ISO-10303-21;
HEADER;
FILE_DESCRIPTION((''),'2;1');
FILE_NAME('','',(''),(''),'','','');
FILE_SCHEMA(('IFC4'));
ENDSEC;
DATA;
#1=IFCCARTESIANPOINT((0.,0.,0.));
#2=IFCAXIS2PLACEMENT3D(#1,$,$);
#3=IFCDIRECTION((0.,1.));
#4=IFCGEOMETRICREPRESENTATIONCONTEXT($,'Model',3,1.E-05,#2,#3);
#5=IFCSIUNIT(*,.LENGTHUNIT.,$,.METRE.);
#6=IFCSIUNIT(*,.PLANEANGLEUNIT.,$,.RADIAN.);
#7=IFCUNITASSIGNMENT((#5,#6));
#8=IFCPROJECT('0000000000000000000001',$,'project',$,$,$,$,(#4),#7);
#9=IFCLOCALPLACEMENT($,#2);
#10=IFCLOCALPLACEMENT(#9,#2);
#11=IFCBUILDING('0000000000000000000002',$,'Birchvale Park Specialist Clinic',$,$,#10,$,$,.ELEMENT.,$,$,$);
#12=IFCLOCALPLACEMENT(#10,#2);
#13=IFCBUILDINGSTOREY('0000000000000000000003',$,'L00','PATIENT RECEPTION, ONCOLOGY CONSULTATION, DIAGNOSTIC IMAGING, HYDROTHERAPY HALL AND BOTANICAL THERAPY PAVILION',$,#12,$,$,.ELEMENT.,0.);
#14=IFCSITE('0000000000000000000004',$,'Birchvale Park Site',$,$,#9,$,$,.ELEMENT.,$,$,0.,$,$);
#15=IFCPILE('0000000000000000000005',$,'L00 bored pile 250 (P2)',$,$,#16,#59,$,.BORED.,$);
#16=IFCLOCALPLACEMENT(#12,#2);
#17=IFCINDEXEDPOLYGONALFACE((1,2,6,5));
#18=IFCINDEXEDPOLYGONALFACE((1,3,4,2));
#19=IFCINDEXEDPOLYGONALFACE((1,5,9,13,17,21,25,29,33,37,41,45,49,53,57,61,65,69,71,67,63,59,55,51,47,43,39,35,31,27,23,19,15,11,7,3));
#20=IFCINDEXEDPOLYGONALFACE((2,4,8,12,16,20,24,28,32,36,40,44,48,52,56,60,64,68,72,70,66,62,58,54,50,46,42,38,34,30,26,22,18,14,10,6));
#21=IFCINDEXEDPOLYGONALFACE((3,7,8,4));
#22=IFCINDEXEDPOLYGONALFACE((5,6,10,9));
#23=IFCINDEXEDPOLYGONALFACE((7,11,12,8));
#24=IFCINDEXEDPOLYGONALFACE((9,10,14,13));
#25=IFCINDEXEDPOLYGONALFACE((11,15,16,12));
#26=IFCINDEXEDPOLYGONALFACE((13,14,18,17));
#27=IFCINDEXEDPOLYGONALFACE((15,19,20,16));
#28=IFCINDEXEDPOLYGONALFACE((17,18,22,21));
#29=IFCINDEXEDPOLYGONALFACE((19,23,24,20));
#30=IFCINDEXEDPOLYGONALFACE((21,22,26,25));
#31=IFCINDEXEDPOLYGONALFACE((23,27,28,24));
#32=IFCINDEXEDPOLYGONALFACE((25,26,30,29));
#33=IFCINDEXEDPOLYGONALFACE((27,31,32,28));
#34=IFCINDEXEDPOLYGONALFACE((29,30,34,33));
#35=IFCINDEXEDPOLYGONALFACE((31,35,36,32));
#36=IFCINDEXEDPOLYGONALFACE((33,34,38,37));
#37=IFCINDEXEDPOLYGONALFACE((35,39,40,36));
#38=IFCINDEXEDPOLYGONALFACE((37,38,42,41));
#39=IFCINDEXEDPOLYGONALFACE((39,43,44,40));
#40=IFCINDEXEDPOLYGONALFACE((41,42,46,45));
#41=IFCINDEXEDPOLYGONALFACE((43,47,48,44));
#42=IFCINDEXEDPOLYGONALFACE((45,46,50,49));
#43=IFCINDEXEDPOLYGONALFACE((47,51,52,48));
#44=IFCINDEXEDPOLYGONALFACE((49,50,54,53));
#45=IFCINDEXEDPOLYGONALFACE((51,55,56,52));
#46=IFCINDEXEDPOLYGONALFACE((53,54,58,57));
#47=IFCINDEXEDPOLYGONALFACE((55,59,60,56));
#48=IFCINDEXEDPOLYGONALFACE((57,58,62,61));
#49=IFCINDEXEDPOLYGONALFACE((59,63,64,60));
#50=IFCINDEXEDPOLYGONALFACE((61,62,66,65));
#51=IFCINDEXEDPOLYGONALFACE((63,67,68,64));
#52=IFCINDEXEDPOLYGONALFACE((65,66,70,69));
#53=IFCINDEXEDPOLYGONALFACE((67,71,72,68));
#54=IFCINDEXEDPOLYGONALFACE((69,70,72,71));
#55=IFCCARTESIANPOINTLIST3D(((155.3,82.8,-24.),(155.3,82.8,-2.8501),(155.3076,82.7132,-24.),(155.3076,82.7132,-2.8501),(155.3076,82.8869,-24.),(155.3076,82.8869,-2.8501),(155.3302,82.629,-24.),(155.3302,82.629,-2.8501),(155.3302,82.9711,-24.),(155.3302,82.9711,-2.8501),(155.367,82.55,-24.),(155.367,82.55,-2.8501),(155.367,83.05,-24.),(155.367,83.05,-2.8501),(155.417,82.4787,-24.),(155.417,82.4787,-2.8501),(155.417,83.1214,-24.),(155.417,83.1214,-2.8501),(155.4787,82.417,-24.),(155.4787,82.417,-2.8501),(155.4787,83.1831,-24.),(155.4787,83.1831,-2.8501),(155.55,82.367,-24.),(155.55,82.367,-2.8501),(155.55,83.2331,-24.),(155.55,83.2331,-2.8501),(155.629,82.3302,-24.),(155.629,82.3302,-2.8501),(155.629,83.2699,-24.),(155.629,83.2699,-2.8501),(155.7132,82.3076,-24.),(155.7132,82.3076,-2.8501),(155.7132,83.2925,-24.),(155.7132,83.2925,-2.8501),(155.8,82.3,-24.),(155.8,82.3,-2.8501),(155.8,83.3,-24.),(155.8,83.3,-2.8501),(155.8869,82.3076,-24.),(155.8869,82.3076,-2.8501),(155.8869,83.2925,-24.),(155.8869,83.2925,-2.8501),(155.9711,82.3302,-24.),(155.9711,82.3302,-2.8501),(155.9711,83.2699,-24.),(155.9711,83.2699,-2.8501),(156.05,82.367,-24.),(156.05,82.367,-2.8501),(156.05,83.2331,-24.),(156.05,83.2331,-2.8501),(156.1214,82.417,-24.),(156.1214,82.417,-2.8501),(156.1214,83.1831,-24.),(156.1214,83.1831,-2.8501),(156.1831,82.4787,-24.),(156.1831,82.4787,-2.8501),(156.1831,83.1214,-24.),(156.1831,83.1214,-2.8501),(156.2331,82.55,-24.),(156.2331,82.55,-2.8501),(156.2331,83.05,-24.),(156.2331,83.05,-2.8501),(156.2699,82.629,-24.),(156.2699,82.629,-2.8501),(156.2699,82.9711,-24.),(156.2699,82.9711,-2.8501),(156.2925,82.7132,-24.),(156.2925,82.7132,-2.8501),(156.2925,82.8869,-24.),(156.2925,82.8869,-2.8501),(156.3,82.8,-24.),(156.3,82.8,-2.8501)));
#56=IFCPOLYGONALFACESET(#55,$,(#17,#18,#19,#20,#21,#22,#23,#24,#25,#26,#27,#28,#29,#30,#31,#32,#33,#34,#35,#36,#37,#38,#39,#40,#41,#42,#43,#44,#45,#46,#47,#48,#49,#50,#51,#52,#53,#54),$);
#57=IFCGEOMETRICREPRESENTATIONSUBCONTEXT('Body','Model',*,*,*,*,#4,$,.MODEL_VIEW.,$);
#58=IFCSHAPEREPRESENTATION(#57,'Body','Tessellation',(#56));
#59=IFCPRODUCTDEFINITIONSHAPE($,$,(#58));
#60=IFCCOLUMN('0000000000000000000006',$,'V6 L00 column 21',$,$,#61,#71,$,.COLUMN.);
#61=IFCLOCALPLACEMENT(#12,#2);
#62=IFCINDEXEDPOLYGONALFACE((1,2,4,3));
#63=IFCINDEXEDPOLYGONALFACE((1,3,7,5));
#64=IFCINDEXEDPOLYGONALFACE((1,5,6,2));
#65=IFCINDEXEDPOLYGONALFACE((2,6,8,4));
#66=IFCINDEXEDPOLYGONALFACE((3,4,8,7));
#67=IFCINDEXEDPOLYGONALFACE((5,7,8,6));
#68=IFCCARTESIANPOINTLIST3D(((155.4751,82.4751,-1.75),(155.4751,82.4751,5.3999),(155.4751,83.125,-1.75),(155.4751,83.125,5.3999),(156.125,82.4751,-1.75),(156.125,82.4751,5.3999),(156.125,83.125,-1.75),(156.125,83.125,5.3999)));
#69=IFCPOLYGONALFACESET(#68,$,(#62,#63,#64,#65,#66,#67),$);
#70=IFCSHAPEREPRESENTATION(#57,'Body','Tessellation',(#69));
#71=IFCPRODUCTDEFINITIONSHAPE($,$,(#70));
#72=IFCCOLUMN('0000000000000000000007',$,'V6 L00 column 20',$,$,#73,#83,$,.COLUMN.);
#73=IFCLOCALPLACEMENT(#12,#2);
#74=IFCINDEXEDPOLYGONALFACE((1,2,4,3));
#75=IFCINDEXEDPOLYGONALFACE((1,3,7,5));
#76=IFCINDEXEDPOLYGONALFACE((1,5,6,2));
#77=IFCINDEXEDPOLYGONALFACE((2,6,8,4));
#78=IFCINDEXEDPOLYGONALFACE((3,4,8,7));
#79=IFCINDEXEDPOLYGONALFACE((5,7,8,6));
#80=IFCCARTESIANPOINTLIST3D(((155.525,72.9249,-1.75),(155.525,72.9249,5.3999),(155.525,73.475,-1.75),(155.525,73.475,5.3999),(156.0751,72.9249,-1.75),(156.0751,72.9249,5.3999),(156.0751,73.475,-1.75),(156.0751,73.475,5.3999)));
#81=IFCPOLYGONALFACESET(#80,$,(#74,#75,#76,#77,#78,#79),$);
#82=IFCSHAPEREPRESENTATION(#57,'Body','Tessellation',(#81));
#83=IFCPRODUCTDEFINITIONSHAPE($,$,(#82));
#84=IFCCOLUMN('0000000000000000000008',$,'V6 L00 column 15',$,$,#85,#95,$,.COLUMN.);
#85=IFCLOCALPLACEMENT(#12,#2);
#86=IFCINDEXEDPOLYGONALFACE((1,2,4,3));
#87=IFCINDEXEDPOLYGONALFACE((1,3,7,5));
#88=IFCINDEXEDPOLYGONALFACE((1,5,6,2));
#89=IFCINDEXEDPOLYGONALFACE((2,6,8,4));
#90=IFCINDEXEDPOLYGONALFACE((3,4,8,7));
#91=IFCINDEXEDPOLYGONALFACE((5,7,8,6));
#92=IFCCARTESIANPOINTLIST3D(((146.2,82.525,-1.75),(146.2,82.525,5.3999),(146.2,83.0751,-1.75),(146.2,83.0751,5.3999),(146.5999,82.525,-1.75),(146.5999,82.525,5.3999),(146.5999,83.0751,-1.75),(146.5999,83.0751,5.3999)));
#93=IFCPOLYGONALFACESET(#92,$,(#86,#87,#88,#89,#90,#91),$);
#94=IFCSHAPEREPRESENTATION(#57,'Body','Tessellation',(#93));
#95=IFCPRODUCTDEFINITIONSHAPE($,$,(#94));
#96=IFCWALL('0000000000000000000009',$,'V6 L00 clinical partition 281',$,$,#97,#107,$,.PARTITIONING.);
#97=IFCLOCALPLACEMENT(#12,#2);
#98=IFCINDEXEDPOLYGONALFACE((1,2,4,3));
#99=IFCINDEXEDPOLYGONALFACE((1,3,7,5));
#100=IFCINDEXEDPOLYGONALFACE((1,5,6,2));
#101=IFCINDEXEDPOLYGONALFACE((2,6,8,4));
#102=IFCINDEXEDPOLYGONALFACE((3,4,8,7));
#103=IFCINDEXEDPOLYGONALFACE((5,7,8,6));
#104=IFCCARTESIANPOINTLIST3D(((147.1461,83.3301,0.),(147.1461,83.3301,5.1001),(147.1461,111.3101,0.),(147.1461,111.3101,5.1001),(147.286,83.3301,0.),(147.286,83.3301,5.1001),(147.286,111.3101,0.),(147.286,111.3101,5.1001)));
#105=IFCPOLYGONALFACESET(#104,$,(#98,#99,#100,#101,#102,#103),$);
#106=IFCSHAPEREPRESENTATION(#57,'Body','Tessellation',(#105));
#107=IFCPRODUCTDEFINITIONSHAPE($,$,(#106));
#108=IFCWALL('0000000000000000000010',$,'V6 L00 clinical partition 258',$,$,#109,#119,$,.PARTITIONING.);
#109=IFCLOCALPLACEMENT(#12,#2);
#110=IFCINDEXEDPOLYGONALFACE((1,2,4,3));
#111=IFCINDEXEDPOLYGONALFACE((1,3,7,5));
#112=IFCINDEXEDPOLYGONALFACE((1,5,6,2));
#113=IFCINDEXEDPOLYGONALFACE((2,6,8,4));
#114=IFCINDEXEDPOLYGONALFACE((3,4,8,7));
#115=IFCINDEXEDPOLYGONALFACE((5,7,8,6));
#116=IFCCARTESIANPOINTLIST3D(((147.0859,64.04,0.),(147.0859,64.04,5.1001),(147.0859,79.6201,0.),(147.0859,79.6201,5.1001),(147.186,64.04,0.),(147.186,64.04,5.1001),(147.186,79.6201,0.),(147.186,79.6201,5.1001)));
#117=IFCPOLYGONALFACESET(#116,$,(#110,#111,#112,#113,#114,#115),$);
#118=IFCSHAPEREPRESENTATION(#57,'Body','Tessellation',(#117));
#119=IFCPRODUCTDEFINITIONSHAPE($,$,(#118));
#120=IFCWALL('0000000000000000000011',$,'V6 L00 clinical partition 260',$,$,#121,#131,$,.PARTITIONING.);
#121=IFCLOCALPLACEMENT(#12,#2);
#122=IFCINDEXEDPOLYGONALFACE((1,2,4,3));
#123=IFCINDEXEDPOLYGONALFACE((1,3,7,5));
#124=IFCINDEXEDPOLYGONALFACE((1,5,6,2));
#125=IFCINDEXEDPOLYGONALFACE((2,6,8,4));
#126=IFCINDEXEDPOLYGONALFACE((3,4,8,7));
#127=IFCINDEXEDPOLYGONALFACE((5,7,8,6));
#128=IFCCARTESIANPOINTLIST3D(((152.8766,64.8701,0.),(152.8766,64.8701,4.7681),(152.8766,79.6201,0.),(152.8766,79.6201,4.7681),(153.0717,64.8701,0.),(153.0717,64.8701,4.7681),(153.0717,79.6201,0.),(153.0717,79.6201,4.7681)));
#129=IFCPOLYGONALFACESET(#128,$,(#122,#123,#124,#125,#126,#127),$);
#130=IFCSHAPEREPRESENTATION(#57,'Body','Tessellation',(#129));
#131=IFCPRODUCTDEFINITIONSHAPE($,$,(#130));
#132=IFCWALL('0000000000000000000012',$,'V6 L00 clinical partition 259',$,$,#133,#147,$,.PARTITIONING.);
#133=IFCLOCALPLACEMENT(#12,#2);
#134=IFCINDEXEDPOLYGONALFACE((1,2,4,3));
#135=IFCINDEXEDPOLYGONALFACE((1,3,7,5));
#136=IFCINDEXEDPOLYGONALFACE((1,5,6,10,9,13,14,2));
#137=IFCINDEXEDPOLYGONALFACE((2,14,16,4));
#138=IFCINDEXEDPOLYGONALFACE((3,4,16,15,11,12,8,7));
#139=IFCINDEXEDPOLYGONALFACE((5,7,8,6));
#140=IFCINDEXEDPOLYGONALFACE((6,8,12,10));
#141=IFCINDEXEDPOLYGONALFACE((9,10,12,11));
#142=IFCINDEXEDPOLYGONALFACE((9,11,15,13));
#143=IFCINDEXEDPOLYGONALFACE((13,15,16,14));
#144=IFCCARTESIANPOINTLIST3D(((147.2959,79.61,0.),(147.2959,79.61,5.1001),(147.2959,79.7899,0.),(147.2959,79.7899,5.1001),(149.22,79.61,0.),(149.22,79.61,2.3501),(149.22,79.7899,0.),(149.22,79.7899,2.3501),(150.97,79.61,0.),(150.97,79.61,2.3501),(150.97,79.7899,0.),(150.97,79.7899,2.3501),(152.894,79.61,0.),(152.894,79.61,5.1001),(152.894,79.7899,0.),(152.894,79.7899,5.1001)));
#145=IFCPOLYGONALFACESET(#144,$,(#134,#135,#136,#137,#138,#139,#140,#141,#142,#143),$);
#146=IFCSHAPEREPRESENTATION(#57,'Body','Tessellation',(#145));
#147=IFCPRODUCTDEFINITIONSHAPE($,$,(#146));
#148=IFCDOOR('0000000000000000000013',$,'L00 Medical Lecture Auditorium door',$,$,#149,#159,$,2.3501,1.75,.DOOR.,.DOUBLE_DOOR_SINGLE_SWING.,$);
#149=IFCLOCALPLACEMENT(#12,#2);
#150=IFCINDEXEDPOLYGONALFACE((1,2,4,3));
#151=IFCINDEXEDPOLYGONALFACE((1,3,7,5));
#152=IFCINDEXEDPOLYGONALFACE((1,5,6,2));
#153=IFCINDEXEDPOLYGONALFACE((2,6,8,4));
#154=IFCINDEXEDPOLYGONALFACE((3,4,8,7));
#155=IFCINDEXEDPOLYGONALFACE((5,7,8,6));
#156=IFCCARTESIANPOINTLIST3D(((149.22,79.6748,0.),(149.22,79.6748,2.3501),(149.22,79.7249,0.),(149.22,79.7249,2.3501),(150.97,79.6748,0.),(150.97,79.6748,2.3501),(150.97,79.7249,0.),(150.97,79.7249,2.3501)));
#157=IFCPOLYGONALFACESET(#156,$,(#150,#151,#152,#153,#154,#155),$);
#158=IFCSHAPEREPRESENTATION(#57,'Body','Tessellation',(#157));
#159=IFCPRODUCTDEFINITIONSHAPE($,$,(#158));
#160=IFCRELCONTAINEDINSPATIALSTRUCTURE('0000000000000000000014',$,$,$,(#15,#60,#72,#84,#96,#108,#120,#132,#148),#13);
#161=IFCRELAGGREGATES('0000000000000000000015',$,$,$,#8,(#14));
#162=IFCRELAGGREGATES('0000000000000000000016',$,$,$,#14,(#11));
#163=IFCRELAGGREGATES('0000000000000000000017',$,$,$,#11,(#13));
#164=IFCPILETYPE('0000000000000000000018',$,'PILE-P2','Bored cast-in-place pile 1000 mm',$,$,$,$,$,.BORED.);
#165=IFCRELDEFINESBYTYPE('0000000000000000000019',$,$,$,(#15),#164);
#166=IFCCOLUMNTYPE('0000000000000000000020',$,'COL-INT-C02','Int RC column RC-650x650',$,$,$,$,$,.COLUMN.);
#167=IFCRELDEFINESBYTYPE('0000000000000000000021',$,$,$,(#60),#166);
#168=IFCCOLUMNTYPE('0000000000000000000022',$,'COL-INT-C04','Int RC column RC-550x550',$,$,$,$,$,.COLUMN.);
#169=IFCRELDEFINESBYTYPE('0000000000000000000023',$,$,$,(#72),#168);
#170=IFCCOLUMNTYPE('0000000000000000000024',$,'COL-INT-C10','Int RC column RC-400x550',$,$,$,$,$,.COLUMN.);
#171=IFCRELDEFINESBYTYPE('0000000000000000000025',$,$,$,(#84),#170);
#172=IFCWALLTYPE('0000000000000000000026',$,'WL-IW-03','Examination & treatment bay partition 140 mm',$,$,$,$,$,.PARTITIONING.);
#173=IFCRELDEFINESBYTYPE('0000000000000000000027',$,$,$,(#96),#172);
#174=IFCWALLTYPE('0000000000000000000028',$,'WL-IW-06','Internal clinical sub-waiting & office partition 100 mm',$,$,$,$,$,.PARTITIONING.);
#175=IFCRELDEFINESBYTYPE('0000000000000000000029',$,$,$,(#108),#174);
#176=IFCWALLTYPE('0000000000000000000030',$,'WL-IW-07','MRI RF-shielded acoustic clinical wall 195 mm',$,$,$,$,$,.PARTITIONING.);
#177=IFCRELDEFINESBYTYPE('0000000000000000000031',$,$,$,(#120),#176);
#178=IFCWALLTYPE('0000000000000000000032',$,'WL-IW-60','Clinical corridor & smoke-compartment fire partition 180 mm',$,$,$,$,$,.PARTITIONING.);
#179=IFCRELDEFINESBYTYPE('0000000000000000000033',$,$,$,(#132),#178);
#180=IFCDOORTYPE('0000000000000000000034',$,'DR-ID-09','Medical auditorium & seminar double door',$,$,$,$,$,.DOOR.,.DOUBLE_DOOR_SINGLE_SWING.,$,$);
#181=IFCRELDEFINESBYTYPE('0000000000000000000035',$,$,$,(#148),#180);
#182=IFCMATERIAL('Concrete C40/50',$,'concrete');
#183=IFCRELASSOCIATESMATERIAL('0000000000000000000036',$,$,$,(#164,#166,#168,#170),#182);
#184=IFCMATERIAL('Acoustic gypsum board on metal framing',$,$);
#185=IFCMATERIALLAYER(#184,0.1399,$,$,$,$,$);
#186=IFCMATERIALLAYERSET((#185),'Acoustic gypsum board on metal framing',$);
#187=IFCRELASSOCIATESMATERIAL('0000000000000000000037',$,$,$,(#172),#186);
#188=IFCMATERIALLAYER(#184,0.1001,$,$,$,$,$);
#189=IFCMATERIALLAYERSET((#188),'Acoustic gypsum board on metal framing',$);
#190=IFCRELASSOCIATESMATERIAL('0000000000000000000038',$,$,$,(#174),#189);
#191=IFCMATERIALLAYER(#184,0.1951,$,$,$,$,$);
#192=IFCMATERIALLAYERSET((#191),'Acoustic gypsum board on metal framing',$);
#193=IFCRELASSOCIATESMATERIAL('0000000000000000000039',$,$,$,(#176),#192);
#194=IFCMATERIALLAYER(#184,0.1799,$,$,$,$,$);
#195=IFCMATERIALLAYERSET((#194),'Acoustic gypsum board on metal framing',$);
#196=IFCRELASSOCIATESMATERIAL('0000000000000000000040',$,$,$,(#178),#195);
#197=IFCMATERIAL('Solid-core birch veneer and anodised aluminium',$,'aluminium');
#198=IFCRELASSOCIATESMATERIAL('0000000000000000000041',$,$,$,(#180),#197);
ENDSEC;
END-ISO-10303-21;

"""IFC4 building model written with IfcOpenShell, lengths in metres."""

from ifc_helpers import new_model, si_unit, direction, frame, frame_2d, origin, origin_2d, place, context, subcontext, project, spatial, rectangle, circle, extrude, material, layer, layer_set, material_profile, profile_set, type_object, element, fill, save


model = new_model("IFC4")

# Units and contexts
model_context = context("Model", 3, precision=1e-05, world=origin(), true_north=direction((0.0, 1.0)))
body_context = subcontext(model_context, "Body", "Model", "MODEL_VIEW")
ifc_project = project(units=[si_unit("LENGTHUNIT", "METRE"), si_unit("PLANEANGLEUNIT", "RADIAN")], contexts=[model_context])

# Site, building, storey
site_placement = place(None, origin())
site = spatial("IfcSite", under=ifc_project, at=site_placement, Name="Birchvale Park Site", CompositionType="ELEMENT", RefElevation=0.0)
building_placement = place(site_placement, origin())
building = spatial("IfcBuilding", under=site, at=building_placement, Name="Birchvale Park Specialist Clinic", CompositionType="ELEMENT")
storey_placement = place(building_placement, origin())
storey = spatial("IfcBuildingStorey", under=building, at=storey_placement, Name="L00", Description="PATIENT RECEPTION, ONCOLOGY CONSULTATION, DIAGNOSTIC IMAGING, HYDROTHERAPY HALL AND BOTANICAL THERAPY PAVILION", CompositionType="ELEMENT", Elevation=0.0)

# Shared definitions
ifc_material_1 = material(Name="Concrete C40/50", Category="concrete")

# Pile
ifc_material_profile_1 = material_profile(ifc_material_1, circle(Radius=0.5, at=origin_2d()), Name="PILE-1000")
ifc_profile_set_1 = profile_set([ifc_material_profile_1], Name="Concrete C40/50")
pile_type_1 = type_object("IfcPileType", Name="PILE-P2", Description="Bored cast-in-place pile 1000 mm", PredefinedType="BORED", material=ifc_profile_set_1)
pile_1_placement = place(storey_placement, frame((155.8, 82.8, -2.8501), z_axis=(0.0, 0.0, -1.0), x_axis=(1.0, 0.0, 0.0)))
element("IfcPile", 1, at=pile_1_placement, inside=storey, type_object=pile_type_1, Name="L00 bored pile 250 (P2)", PredefinedType="BORED", context=body_context, shape_type="SweptSolid", body=[
    extrude(circle(Radius=0.5, at=origin_2d()), origin(), (0.0, 0.0, 1.0), 21.1499),
])

# Columns
ifc_material_profile_2 = material_profile(ifc_material_1, rectangle(XDim=0.6499, YDim=0.6499, at=origin_2d()), Name="RC-650x650")
ifc_profile_set_2 = profile_set([ifc_material_profile_2], Name="Concrete C40/50")
column_type_1 = type_object("IfcColumnType", Name="COL-INT-C02", Description="Int RC column RC-650x650", PredefinedType="COLUMN", material=ifc_profile_set_2)
column_1_placement = place(storey_placement, frame((155.8, 82.8, -1.75), z_axis=(0.0, 0.0, 1.0), x_axis=(1.0, 0.0, 0.0)))
element("IfcColumn", 2, at=column_1_placement, inside=storey, type_object=column_type_1, Name="V6 L00 column 21", PredefinedType="COLUMN", context=body_context, shape_type="SweptSolid", body=[
    extrude(rectangle(XDim=0.6499, YDim=0.6499, at=origin_2d()), origin(), (0.0, 0.0, 1.0), 7.1499),
])
ifc_material_profile_3 = material_profile(ifc_material_1, rectangle(XDim=0.55, YDim=0.55, at=origin_2d()), Name="RC-550x550")
ifc_profile_set_3 = profile_set([ifc_material_profile_3], Name="Concrete C40/50")
column_type_2 = type_object("IfcColumnType", Name="COL-INT-C04", Description="Int RC column RC-550x550", PredefinedType="COLUMN", material=ifc_profile_set_3)
column_2_placement = place(storey_placement, frame((155.8, 73.2, -1.75), z_axis=(0.0, 0.0, 1.0), x_axis=(1.0, 0.0, 0.0)))
element("IfcColumn", 3, at=column_2_placement, inside=storey, type_object=column_type_2, Name="V6 L00 column 20", PredefinedType="COLUMN", context=body_context, shape_type="SweptSolid", body=[
    extrude(rectangle(XDim=0.55, YDim=0.55, at=origin_2d()), origin(), (0.0, 0.0, 1.0), 7.1499),
])
ifc_material_profile_4 = material_profile(ifc_material_1, rectangle(XDim=0.3999, YDim=0.55, at=origin_2d()), Name="RC-400x550")
ifc_profile_set_4 = profile_set([ifc_material_profile_4], Name="Concrete C40/50")
column_type_3 = type_object("IfcColumnType", Name="COL-INT-C10", Description="Int RC column RC-400x550", PredefinedType="COLUMN", material=ifc_profile_set_4)
column_3_placement = place(storey_placement, frame((146.3999, 82.8, -1.75), z_axis=(0.0, 0.0, 1.0), x_axis=(1.0, 0.0, 0.0)))
element("IfcColumn", 4, at=column_3_placement, inside=storey, type_object=column_type_3, Name="V6 L00 column 15", PredefinedType="COLUMN", context=body_context, shape_type="SweptSolid", body=[
    extrude(rectangle(XDim=0.3999, YDim=0.55, at=origin_2d()), origin(), (0.0, 0.0, 1.0), 7.1499),
])

# Walls
ifc_material_2 = material(Name="Acoustic gypsum board on metal framing")
ifc_layer_1 = layer(ifc_material_2, 0.1399)
ifc_layer_set_1 = layer_set([ifc_layer_1], Name="Acoustic gypsum board on metal framing")
wall_type_1 = type_object("IfcWallType", Name="WL-IW-03", Description="Examination & treatment bay partition 140 mm", PredefinedType="PARTITIONING", material=ifc_layer_set_1)
wall_1_placement = place(storey_placement, frame((147.2161, 83.3301, 0.0), z_axis=(0.0, 0.0, 1.0), x_axis=(0.0, 1.0, 0.0)))
element("IfcWall", 5, at=wall_1_placement, inside=storey, type_object=wall_type_1, Name="V6 L00 clinical partition 281", PredefinedType="PARTITIONING", context=body_context, shape_type="SweptSolid", body=[
    extrude(rectangle(XDim=27.98, YDim=0.1399, at=frame_2d((13.99, 0.0))), origin(), (0.0, 0.0, 1.0), 5.1001),
])
ifc_layer_2 = layer(ifc_material_2, 0.1001)
ifc_layer_set_2 = layer_set([ifc_layer_2], Name="Acoustic gypsum board on metal framing")
wall_type_2 = type_object("IfcWallType", Name="WL-IW-06", Description="Internal clinical sub-waiting & office partition 100 mm", PredefinedType="PARTITIONING", material=ifc_layer_set_2)
wall_2_placement = place(storey_placement, frame((147.136, 79.6201, 0.0), z_axis=(0.0, 0.0, 1.0), x_axis=(0.0, -1.0, 0.0)))
element("IfcWall", 6, at=wall_2_placement, inside=storey, type_object=wall_type_2, Name="V6 L00 clinical partition 258", PredefinedType="PARTITIONING", context=body_context, shape_type="SweptSolid", body=[
    extrude(rectangle(XDim=15.5801, YDim=0.1001, at=frame_2d((7.79, 0.0))), origin(), (0.0, 0.0, 1.0), 5.1001),
])
ifc_layer_3 = layer(ifc_material_2, 0.1951)
ifc_layer_set_3 = layer_set([ifc_layer_3], Name="Acoustic gypsum board on metal framing")
wall_type_3 = type_object("IfcWallType", Name="WL-IW-07", Description="MRI RF-shielded acoustic clinical wall 195 mm", PredefinedType="PARTITIONING", material=ifc_layer_set_3)
wall_3_placement = place(storey_placement, frame((152.9741, 79.6201, 0.0), z_axis=(0.0, 0.0, 1.0), x_axis=(0.0, -1.0, 0.0)))
element("IfcWall", 7, at=wall_3_placement, inside=storey, type_object=wall_type_3, Name="V6 L00 clinical partition 260", PredefinedType="PARTITIONING", context=body_context, shape_type="SweptSolid", body=[
    extrude(rectangle(XDim=14.75, YDim=0.1951, at=frame_2d((7.375, 0.0))), origin(), (0.0, 0.0, 1.0), 4.7681),
])

# Wall, opening, door
ifc_layer_4 = layer(ifc_material_2, 0.1799)
ifc_layer_set_4 = layer_set([ifc_layer_4], Name="Acoustic gypsum board on metal framing")
wall_type_4 = type_object("IfcWallType", Name="WL-IW-60", Description="Clinical corridor & smoke-compartment fire partition 180 mm", PredefinedType="PARTITIONING", material=ifc_layer_set_4)
wall_4_placement = place(storey_placement, frame((147.2959, 79.7, 0.0), z_axis=(0.0, 0.0, 1.0), x_axis=(1.0, 0.0, 0.0)))
wall_4 = element("IfcWall", 8, at=wall_4_placement, inside=storey, type_object=wall_type_4, Name="V6 L00 clinical partition 259", PredefinedType="PARTITIONING", context=body_context, shape_type="SweptSolid", body=[
    extrude(rectangle(XDim=5.5981, YDim=0.1799, at=frame_2d((2.7991, 0.0))), origin(), (0.0, 0.0, 1.0), 5.1001),
])
opening_1_placement = place(wall_4_placement, frame((1.9241, 0.0, 0.0)))
opening_1 = element("IfcOpeningElement", 9, at=opening_1_placement, cuts=wall_4, PredefinedType="OPENING", context=body_context, shape_type="SweptSolid", body=[
    extrude(rectangle(XDim=1.75, YDim=2.3501, at=frame_2d((0.875, 1.175))), frame((0.0, 0.1001, 0.0), z_axis=(0.0, -1.0, 0.0), x_axis=(1.0, 0.0, 0.0)), (0.0, 0.0, 1.0), 0.2),
])
ifc_material_3 = material(Name="Solid-core birch veneer and anodised aluminium", Category="aluminium")
door_type_1 = type_object("IfcDoorType", Name="DR-ID-09", Description="Medical auditorium & seminar double door", OperationType="DOUBLE_DOOR_SINGLE_SWING", PredefinedType="DOOR", material=ifc_material_3)
door_1_placement = place(opening_1_placement, origin())
door_1 = element("IfcDoor", 10, at=door_1_placement, inside=storey, type_object=door_type_1, Name="L00 Medical Lecture Auditorium door", OperationType="DOUBLE_DOOR_SINGLE_SWING", OverallHeight=2.3501, OverallWidth=1.75, PredefinedType="DOOR", context=body_context, shape_type="SweptSolid", body=[
    extrude(rectangle(XDim=1.75, YDim=2.3501, at=frame_2d((0.875, 1.175))), frame((0.0, 0.0249, 0.0), z_axis=(0.0, -1.0, 0.0), x_axis=(1.0, 0.0, 0.0)), (0.0, 0.0, 1.0), 0.05),
])
fill(opening_1, door_1)

save(model, "model.ifc")
